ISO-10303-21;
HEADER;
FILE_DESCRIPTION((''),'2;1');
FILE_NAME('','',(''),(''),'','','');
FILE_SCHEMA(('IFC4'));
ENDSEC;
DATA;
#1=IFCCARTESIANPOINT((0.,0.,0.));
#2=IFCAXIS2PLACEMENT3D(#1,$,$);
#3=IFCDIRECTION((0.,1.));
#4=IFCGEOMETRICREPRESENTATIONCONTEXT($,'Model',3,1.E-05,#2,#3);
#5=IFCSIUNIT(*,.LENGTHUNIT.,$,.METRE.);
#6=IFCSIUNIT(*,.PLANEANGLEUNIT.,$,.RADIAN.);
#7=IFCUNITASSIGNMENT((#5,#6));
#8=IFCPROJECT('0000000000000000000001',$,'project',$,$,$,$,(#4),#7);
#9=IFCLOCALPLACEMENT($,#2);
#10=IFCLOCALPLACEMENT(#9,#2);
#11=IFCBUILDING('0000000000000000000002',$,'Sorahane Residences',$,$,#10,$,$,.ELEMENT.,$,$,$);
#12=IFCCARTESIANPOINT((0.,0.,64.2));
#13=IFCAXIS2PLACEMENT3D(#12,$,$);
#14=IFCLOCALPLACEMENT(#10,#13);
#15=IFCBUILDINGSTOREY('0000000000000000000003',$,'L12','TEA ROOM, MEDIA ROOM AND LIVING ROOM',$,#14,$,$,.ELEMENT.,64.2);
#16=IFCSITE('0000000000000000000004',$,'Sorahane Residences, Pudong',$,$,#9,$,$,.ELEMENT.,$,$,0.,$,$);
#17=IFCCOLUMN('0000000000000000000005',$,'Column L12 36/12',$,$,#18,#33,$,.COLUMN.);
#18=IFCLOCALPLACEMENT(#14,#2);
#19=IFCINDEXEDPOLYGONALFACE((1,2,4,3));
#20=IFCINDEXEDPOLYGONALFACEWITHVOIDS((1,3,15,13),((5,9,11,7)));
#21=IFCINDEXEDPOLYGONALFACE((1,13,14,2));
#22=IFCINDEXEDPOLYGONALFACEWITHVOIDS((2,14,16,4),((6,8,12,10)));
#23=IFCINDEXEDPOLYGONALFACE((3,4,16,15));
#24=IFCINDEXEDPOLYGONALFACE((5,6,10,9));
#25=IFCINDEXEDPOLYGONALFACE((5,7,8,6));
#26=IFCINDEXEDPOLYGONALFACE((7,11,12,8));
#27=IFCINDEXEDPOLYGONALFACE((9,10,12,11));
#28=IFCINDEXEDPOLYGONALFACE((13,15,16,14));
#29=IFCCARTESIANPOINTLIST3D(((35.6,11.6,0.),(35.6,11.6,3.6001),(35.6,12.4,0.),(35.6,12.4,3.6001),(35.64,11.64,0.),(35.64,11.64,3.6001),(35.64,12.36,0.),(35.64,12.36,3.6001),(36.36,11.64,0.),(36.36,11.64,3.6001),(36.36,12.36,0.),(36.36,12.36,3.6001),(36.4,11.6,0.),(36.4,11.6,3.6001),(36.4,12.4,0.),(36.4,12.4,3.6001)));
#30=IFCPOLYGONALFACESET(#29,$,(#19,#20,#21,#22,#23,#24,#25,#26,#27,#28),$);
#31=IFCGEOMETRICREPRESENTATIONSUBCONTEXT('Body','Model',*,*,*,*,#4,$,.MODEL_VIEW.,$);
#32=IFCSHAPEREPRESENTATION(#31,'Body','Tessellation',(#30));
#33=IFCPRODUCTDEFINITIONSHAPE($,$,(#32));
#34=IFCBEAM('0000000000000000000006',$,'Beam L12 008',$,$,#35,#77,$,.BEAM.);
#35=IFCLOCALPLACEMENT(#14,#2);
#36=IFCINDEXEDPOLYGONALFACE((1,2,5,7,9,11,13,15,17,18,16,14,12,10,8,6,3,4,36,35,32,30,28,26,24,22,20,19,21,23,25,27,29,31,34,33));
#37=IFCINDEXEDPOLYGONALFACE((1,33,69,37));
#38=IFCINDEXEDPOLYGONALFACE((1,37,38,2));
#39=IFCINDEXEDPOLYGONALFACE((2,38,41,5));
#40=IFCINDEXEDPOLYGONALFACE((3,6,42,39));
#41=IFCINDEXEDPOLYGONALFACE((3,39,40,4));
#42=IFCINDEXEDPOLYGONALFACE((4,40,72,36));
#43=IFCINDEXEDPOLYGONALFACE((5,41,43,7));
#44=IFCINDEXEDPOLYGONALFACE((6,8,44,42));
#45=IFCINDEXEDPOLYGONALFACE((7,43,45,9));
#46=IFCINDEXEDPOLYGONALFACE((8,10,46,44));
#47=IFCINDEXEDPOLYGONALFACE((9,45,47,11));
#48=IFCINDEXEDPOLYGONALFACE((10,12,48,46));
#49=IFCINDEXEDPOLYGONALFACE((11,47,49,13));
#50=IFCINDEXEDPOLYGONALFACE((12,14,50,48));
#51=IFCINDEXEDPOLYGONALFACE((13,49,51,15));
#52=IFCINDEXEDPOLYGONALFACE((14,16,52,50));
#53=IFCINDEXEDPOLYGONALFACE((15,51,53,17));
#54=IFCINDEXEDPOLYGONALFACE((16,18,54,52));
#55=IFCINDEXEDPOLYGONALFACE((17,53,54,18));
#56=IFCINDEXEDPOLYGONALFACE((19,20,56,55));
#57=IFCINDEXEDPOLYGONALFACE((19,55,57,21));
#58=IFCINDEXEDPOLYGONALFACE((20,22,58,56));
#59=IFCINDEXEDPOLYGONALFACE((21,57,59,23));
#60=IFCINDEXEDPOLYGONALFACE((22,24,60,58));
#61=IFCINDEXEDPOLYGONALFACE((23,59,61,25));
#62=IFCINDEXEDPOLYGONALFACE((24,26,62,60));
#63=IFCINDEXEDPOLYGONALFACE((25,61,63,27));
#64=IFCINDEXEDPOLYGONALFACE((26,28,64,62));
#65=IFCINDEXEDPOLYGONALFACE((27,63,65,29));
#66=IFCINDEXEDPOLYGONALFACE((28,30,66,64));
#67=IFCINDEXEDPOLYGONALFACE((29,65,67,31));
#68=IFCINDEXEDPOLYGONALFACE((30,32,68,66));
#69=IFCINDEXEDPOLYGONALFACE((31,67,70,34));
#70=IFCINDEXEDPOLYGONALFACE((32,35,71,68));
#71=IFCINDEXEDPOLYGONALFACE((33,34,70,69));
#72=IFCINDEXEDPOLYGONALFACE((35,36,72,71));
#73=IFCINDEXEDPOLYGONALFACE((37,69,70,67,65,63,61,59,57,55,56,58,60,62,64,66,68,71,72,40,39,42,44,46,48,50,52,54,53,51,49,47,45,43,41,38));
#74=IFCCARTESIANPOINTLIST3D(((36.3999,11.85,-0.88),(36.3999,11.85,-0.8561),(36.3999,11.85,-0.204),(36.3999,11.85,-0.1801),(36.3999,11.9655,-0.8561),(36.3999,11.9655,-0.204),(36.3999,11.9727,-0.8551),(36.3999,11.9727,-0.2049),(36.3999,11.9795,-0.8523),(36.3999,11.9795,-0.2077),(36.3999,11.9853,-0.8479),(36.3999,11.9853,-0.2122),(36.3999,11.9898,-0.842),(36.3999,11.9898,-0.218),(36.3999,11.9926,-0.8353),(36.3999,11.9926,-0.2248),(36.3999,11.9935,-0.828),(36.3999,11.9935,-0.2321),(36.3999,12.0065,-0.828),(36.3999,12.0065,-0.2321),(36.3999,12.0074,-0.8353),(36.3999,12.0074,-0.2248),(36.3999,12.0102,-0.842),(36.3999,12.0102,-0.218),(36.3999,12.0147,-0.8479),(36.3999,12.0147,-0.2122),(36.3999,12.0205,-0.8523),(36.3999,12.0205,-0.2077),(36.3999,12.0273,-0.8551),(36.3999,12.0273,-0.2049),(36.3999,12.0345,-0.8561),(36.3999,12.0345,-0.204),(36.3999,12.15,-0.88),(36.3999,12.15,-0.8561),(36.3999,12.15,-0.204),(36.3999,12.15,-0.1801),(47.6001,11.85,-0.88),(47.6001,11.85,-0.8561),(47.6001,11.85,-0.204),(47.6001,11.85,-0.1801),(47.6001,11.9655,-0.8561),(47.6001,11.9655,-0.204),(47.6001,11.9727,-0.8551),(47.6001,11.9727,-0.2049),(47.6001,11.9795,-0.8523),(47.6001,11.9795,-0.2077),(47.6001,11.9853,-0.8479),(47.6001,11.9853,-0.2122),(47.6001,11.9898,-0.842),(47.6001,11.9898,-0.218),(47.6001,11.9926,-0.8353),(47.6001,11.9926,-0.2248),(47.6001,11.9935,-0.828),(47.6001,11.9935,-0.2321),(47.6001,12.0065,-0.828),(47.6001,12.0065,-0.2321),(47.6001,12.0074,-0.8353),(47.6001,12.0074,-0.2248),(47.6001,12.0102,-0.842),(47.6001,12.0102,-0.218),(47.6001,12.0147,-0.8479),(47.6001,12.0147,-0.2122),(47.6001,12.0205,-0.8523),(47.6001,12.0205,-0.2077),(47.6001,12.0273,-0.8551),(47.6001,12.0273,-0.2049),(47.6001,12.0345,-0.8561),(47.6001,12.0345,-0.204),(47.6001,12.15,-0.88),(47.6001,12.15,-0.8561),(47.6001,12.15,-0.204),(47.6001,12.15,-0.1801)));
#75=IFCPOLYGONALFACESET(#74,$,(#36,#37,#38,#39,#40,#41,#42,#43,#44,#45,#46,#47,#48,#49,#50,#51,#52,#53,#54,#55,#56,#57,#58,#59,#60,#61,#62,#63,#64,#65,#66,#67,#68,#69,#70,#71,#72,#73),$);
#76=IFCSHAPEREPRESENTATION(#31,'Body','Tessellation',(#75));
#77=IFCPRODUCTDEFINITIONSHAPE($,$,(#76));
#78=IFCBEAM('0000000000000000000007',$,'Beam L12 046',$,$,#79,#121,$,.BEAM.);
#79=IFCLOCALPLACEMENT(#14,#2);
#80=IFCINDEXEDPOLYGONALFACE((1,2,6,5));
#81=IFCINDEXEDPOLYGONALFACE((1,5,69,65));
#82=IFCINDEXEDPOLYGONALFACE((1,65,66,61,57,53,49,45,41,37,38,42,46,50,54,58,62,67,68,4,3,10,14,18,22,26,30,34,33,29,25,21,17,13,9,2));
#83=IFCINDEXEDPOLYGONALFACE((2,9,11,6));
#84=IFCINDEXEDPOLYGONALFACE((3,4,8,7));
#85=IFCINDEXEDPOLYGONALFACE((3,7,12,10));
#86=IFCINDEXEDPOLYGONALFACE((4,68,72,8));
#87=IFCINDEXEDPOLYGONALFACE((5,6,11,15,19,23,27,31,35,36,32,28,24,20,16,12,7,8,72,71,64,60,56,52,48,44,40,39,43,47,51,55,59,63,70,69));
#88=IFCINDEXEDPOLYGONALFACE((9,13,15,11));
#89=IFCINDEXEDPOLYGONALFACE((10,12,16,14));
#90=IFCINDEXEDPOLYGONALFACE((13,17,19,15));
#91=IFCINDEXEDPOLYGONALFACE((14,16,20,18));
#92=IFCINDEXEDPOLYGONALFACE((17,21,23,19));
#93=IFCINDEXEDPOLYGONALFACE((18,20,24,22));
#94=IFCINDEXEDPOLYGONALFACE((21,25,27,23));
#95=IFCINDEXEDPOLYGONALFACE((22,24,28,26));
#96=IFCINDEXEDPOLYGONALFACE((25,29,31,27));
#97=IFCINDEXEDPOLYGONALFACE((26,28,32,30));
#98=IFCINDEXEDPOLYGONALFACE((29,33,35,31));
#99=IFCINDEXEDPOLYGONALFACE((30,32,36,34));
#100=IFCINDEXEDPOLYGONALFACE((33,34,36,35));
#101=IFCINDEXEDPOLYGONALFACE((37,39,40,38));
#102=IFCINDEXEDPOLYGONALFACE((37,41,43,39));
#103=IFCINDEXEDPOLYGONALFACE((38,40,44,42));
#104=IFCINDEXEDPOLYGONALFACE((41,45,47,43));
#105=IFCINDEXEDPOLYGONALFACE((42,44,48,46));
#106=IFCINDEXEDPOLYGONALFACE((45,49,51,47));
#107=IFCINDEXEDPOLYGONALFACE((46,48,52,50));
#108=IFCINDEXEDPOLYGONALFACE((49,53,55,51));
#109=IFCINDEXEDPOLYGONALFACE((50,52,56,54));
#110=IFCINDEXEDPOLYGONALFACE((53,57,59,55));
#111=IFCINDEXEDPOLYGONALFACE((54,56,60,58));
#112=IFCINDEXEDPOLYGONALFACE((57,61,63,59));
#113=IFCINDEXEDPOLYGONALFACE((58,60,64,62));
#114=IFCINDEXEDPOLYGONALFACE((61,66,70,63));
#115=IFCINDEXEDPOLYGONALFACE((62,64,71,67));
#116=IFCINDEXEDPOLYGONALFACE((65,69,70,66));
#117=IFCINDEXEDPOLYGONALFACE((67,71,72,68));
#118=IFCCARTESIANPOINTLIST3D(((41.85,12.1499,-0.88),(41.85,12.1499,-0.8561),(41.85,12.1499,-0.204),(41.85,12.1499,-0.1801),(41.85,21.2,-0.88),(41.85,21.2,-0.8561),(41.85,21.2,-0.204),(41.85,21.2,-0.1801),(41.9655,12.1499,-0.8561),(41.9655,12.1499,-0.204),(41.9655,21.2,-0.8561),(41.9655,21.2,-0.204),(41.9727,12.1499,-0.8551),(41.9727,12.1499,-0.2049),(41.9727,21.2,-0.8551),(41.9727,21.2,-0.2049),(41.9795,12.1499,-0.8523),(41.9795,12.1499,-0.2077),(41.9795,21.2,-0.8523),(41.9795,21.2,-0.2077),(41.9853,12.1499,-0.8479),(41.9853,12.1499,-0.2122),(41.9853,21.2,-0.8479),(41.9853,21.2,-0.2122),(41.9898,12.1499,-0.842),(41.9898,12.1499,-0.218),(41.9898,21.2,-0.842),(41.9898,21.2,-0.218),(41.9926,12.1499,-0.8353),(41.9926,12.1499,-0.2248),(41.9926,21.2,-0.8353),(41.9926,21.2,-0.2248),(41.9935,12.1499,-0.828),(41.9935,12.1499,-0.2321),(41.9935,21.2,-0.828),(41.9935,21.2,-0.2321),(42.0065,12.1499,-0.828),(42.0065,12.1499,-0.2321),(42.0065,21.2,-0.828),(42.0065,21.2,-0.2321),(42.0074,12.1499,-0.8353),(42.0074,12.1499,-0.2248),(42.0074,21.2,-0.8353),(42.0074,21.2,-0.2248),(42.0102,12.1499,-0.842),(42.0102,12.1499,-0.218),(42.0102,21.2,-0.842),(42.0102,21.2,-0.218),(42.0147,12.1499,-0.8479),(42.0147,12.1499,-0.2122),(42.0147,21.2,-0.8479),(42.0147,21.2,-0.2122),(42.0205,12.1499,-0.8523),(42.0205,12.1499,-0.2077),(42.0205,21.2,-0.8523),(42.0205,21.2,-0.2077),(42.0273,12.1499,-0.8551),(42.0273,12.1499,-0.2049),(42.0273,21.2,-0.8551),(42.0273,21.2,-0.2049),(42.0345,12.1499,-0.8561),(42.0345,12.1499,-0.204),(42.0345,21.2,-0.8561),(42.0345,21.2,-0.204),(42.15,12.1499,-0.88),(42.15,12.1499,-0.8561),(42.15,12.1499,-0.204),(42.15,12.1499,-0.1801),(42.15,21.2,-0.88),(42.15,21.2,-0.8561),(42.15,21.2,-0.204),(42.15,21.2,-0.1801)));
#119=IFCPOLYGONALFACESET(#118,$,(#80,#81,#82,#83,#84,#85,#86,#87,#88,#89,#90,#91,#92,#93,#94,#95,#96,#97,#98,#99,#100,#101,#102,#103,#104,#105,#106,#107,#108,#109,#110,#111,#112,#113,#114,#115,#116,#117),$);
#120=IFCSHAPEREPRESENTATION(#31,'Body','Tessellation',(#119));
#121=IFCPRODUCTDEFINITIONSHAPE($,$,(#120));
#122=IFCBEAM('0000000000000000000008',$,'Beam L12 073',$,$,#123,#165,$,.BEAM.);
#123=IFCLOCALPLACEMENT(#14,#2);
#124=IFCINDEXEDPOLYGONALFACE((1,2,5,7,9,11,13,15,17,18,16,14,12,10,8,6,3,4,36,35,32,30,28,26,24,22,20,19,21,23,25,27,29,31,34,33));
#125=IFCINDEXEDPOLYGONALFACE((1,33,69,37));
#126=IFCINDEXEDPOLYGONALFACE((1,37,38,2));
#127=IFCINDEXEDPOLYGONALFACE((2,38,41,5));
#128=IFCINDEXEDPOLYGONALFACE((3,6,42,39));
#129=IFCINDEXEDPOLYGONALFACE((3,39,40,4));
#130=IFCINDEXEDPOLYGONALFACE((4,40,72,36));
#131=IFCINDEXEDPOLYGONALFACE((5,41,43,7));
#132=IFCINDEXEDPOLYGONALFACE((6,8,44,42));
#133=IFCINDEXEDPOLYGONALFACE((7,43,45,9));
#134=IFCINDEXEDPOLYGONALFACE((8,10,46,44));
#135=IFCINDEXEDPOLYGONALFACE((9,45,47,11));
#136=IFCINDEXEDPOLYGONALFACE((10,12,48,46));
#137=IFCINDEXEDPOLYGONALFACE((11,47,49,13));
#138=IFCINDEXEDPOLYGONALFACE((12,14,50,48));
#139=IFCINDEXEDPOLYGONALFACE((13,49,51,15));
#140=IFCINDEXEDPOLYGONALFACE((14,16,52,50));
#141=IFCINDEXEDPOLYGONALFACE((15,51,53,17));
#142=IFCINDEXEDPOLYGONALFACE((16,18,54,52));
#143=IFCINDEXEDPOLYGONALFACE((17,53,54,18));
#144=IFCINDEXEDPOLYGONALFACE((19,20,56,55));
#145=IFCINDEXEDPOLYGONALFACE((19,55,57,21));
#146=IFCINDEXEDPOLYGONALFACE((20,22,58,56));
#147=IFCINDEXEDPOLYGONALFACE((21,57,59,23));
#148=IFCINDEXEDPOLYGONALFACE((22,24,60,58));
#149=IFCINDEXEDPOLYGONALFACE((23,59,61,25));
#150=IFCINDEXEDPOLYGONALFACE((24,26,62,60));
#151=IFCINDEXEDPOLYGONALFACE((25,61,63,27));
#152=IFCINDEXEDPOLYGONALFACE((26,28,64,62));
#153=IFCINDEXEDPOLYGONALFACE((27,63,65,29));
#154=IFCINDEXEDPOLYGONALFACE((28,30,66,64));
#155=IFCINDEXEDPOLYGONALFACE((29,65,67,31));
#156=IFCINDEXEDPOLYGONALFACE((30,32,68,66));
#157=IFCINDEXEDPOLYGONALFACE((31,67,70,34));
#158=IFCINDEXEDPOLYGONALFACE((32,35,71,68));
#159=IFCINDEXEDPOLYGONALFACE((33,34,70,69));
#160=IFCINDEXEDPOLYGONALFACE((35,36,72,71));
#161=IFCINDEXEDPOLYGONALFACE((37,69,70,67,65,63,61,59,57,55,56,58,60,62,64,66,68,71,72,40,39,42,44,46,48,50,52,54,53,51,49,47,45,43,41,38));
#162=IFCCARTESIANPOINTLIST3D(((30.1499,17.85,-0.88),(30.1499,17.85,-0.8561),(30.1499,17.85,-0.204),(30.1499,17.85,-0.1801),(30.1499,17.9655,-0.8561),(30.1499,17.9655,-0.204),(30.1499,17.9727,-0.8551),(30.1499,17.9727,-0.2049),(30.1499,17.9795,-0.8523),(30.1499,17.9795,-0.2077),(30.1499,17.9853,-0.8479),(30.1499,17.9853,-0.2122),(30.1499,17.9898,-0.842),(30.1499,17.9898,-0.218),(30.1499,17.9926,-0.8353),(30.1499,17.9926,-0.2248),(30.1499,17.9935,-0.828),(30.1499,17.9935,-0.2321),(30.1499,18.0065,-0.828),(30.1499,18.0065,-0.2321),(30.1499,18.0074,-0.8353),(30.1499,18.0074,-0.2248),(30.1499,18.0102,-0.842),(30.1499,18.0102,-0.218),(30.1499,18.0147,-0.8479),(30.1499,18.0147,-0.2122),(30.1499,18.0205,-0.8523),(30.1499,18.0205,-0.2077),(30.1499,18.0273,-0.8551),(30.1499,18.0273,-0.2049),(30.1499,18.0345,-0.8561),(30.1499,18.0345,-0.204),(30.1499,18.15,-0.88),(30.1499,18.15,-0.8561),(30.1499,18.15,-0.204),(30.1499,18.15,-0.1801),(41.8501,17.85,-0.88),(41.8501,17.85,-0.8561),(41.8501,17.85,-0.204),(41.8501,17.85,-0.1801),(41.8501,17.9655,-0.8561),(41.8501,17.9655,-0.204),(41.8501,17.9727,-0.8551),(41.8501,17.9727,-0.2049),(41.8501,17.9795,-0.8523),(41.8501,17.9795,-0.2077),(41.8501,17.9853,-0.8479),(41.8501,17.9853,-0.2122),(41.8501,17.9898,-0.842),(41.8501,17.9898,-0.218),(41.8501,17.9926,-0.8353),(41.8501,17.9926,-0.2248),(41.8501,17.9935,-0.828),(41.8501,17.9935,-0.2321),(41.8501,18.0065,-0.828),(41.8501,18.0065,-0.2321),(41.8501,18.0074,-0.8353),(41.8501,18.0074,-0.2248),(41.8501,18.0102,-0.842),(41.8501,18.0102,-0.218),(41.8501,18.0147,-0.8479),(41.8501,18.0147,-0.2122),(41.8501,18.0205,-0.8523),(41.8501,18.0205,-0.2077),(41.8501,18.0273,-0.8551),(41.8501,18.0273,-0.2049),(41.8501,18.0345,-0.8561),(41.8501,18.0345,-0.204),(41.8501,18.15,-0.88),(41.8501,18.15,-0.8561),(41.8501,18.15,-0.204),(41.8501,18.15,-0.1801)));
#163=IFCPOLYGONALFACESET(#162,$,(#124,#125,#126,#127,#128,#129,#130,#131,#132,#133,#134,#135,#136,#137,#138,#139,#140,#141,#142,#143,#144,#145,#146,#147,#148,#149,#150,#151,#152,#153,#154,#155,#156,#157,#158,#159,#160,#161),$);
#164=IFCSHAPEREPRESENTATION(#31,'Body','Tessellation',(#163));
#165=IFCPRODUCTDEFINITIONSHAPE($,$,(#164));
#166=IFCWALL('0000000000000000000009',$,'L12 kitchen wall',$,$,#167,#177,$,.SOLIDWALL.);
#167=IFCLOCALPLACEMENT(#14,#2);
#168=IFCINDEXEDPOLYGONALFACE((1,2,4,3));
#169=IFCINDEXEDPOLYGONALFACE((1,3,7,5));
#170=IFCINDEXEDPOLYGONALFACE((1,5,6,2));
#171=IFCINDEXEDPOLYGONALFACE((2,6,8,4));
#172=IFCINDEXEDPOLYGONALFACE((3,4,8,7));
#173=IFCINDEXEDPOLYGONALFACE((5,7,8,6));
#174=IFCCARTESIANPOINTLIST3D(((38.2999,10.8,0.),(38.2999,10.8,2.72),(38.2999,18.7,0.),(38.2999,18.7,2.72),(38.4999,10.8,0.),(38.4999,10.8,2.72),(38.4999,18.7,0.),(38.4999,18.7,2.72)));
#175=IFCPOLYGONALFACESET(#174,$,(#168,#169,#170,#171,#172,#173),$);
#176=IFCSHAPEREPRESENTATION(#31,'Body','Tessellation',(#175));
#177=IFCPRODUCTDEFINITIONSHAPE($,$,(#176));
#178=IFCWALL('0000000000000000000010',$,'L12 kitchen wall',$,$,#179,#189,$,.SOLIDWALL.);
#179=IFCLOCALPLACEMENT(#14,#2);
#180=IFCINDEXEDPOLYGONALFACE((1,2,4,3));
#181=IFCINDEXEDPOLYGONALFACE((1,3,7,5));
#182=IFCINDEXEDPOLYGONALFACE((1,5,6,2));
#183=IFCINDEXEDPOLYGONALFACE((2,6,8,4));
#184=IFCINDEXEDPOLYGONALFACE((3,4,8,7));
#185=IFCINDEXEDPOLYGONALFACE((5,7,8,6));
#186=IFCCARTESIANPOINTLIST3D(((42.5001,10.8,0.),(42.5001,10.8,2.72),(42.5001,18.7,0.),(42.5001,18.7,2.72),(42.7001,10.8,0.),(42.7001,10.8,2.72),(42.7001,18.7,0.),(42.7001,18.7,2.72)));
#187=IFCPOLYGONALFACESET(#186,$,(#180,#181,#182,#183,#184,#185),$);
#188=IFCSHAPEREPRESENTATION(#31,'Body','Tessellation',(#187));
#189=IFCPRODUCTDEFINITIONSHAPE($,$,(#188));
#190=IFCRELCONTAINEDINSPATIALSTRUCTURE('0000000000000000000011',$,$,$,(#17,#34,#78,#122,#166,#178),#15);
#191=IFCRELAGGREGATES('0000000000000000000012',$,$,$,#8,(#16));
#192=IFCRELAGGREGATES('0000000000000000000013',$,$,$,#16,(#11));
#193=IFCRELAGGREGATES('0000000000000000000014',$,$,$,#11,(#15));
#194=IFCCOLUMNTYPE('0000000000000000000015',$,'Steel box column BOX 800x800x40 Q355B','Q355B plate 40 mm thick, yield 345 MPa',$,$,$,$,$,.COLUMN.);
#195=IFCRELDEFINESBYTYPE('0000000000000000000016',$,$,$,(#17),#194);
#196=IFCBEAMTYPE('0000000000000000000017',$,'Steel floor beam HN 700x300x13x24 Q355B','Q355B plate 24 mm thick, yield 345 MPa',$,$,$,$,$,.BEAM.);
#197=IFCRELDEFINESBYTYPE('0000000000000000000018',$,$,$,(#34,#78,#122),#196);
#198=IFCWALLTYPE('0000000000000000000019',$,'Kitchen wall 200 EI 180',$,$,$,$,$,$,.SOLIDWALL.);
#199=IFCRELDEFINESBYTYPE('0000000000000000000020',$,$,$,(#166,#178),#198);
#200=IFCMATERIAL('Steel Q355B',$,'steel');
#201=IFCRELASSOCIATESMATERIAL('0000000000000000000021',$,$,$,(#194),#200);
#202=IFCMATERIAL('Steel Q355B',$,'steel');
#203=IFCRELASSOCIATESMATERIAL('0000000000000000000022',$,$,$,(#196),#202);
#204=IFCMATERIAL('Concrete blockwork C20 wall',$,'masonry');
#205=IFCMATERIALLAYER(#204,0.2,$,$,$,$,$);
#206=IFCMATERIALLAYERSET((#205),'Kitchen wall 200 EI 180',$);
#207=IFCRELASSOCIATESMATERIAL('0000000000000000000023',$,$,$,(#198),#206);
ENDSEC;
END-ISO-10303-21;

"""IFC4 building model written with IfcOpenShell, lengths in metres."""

from ifc_helpers import new_model, si_unit, direction, frame, frame_2d, origin, origin_2d, place, context, subcontext, project, spatial, rectangle, hollow_rectangle, i_section, extrude, material, layer, layer_set, material_profile, profile_set, type_object, element, save


model = new_model("IFC4")

# Units and contexts
model_context = context("Model", 3, precision=1e-05, world=origin(), true_north=direction((0.0, 1.0)))
body_context = subcontext(model_context, "Body", "Model", "MODEL_VIEW")
ifc_project = project(units=[si_unit("LENGTHUNIT", "METRE"), si_unit("PLANEANGLEUNIT", "RADIAN")], contexts=[model_context])

# Site, building, storey
site_placement = place(None, origin())
site = spatial("IfcSite", under=ifc_project, at=site_placement, Name="Sorahane Residences, Pudong", CompositionType="ELEMENT", RefElevation=0.0)
building_placement = place(site_placement, origin())
building = spatial("IfcBuilding", under=site, at=building_placement, Name="Sorahane Residences", CompositionType="ELEMENT")
storey_placement = place(building_placement, frame((0.0, 0.0, 64.2)))
storey = spatial("IfcBuildingStorey", under=building, at=storey_placement, Name="L12", Description="TEA ROOM, MEDIA ROOM AND LIVING ROOM", CompositionType="ELEMENT", Elevation=64.2)

# Column
ifc_material_1 = material(Name="Steel Q355B", Category="steel")
ifc_material_profile_1 = material_profile(ifc_material_1, hollow_rectangle(XDim=0.8, YDim=0.8, WallThickness=0.04, at=origin_2d()), Name="BOX 800x800x40")
ifc_profile_set_1 = profile_set([ifc_material_profile_1], Name="Steel Q355B")
column_type = type_object("IfcColumnType", Name="Steel box column BOX 800x800x40 Q355B", Description="Q355B plate 40 mm thick, yield 345 MPa", PredefinedType="COLUMN", material=ifc_profile_set_1)
column_placement = place(storey_placement, frame((36.0, 12.0, 0.0), z_axis=(0.0, 0.0, 1.0), x_axis=(1.0, 0.0, 0.0)))
element("IfcColumn", 1, at=column_placement, inside=storey, type_object=column_type, Name="Column L12 36/12", PredefinedType="COLUMN", context=body_context, shape_type="SweptSolid", body=[
    extrude(hollow_rectangle(XDim=0.8, YDim=0.8, WallThickness=0.04, at=origin_2d()), origin(), (0.0, 0.0, 1.0), 3.6001),
])

# Beams
ifc_material_2 = material(Name="Steel Q355B", Category="steel")
ifc_material_profile_2 = material_profile(ifc_material_2, i_section(OverallWidth=0.3, OverallDepth=0.7, WebThickness=0.0129, FlangeThickness=0.0239, FilletRadius=0.0281, at=origin_2d()), Name="HN 700x300x13x24")
ifc_profile_set_2 = profile_set([ifc_material_profile_2], Name="Steel Q355B")
beam_type = type_object("IfcBeamType", Name="Steel floor beam HN 700x300x13x24 Q355B", Description="Q355B plate 24 mm thick, yield 345 MPa", PredefinedType="BEAM", material=ifc_profile_set_2)
beam_1_placement = place(storey_placement, frame((36.3999, 12.0, -0.53), z_axis=(1.0, 0.0, 0.0), x_axis=(0.0, 1.0, 0.0)))
element("IfcBeam", 2, at=beam_1_placement, inside=storey, type_object=beam_type, Name="Beam L12 008", PredefinedType="BEAM", context=body_context, shape_type="SweptSolid", body=[
    extrude(i_section(OverallWidth=0.3, OverallDepth=0.7, WebThickness=0.0129, FlangeThickness=0.0239, FilletRadius=0.0281, at=origin_2d()), origin(), (0.0, 0.0, 1.0), 11.2002),
])
beam_2_placement = place(storey_placement, frame((42.0, 12.1499, -0.53), z_axis=(0.0, 1.0, 0.0), x_axis=(-1.0, 0.0, 0.0)))
element("IfcBeam", 3, at=beam_2_placement, inside=storey, type_object=beam_type, Name="Beam L12 046", PredefinedType="BEAM", context=body_context, shape_type="SweptSolid", body=[
    extrude(i_section(OverallWidth=0.3, OverallDepth=0.7, WebThickness=0.0129, FlangeThickness=0.0239, FilletRadius=0.0281, at=origin_2d()), origin(), (0.0, 0.0, 1.0), 9.05),
])
beam_3_placement = place(storey_placement, frame((30.1499, 18.0, -0.53), z_axis=(1.0, 0.0, 0.0), x_axis=(0.0, 1.0, 0.0)))
element("IfcBeam", 4, at=beam_3_placement, inside=storey, type_object=beam_type, Name="Beam L12 073", PredefinedType="BEAM", context=body_context, shape_type="SweptSolid", body=[
    extrude(i_section(OverallWidth=0.3, OverallDepth=0.7, WebThickness=0.0129, FlangeThickness=0.0239, FilletRadius=0.0281, at=origin_2d()), origin(), (0.0, 0.0, 1.0), 11.7002),
])

# Walls
ifc_material_3 = material(Name="Concrete blockwork C20 wall", Category="masonry")
ifc_layer_1 = layer(ifc_material_3, 0.2)
ifc_layer_set_1 = layer_set([ifc_layer_1], Name="Kitchen wall 200 EI 180")
wall_type_1 = type_object("IfcWallType", Name="Kitchen wall 200 EI 180", PredefinedType="SOLIDWALL", material=ifc_layer_set_1)
for number, where, z_axis, x_axis, name in (
    (5, (38.3999, 10.8, 0.0), (0.0, 0.0, 1.0), (0.0, 1.0, 0.0), "L12 kitchen wall"),
    (6, (42.6001, 10.8, 0.0), (0.0, 0.0, 1.0), (0.0, 1.0, 0.0), "L12 kitchen wall"),
):
    element("IfcWall", number, at=place(storey_placement, frame(where, z_axis=z_axis, x_axis=x_axis)), inside=storey, type_object=wall_type_1, Name=name, PredefinedType="SOLIDWALL", context=body_context, shape_type="SweptSolid", body=[
        extrude(rectangle(XDim=7.8999, YDim=0.2, at=frame_2d((3.95, 0.0))), origin(), (0.0, 0.0, 1.0), 2.72),
    ])

save(model, "model.ifc")
